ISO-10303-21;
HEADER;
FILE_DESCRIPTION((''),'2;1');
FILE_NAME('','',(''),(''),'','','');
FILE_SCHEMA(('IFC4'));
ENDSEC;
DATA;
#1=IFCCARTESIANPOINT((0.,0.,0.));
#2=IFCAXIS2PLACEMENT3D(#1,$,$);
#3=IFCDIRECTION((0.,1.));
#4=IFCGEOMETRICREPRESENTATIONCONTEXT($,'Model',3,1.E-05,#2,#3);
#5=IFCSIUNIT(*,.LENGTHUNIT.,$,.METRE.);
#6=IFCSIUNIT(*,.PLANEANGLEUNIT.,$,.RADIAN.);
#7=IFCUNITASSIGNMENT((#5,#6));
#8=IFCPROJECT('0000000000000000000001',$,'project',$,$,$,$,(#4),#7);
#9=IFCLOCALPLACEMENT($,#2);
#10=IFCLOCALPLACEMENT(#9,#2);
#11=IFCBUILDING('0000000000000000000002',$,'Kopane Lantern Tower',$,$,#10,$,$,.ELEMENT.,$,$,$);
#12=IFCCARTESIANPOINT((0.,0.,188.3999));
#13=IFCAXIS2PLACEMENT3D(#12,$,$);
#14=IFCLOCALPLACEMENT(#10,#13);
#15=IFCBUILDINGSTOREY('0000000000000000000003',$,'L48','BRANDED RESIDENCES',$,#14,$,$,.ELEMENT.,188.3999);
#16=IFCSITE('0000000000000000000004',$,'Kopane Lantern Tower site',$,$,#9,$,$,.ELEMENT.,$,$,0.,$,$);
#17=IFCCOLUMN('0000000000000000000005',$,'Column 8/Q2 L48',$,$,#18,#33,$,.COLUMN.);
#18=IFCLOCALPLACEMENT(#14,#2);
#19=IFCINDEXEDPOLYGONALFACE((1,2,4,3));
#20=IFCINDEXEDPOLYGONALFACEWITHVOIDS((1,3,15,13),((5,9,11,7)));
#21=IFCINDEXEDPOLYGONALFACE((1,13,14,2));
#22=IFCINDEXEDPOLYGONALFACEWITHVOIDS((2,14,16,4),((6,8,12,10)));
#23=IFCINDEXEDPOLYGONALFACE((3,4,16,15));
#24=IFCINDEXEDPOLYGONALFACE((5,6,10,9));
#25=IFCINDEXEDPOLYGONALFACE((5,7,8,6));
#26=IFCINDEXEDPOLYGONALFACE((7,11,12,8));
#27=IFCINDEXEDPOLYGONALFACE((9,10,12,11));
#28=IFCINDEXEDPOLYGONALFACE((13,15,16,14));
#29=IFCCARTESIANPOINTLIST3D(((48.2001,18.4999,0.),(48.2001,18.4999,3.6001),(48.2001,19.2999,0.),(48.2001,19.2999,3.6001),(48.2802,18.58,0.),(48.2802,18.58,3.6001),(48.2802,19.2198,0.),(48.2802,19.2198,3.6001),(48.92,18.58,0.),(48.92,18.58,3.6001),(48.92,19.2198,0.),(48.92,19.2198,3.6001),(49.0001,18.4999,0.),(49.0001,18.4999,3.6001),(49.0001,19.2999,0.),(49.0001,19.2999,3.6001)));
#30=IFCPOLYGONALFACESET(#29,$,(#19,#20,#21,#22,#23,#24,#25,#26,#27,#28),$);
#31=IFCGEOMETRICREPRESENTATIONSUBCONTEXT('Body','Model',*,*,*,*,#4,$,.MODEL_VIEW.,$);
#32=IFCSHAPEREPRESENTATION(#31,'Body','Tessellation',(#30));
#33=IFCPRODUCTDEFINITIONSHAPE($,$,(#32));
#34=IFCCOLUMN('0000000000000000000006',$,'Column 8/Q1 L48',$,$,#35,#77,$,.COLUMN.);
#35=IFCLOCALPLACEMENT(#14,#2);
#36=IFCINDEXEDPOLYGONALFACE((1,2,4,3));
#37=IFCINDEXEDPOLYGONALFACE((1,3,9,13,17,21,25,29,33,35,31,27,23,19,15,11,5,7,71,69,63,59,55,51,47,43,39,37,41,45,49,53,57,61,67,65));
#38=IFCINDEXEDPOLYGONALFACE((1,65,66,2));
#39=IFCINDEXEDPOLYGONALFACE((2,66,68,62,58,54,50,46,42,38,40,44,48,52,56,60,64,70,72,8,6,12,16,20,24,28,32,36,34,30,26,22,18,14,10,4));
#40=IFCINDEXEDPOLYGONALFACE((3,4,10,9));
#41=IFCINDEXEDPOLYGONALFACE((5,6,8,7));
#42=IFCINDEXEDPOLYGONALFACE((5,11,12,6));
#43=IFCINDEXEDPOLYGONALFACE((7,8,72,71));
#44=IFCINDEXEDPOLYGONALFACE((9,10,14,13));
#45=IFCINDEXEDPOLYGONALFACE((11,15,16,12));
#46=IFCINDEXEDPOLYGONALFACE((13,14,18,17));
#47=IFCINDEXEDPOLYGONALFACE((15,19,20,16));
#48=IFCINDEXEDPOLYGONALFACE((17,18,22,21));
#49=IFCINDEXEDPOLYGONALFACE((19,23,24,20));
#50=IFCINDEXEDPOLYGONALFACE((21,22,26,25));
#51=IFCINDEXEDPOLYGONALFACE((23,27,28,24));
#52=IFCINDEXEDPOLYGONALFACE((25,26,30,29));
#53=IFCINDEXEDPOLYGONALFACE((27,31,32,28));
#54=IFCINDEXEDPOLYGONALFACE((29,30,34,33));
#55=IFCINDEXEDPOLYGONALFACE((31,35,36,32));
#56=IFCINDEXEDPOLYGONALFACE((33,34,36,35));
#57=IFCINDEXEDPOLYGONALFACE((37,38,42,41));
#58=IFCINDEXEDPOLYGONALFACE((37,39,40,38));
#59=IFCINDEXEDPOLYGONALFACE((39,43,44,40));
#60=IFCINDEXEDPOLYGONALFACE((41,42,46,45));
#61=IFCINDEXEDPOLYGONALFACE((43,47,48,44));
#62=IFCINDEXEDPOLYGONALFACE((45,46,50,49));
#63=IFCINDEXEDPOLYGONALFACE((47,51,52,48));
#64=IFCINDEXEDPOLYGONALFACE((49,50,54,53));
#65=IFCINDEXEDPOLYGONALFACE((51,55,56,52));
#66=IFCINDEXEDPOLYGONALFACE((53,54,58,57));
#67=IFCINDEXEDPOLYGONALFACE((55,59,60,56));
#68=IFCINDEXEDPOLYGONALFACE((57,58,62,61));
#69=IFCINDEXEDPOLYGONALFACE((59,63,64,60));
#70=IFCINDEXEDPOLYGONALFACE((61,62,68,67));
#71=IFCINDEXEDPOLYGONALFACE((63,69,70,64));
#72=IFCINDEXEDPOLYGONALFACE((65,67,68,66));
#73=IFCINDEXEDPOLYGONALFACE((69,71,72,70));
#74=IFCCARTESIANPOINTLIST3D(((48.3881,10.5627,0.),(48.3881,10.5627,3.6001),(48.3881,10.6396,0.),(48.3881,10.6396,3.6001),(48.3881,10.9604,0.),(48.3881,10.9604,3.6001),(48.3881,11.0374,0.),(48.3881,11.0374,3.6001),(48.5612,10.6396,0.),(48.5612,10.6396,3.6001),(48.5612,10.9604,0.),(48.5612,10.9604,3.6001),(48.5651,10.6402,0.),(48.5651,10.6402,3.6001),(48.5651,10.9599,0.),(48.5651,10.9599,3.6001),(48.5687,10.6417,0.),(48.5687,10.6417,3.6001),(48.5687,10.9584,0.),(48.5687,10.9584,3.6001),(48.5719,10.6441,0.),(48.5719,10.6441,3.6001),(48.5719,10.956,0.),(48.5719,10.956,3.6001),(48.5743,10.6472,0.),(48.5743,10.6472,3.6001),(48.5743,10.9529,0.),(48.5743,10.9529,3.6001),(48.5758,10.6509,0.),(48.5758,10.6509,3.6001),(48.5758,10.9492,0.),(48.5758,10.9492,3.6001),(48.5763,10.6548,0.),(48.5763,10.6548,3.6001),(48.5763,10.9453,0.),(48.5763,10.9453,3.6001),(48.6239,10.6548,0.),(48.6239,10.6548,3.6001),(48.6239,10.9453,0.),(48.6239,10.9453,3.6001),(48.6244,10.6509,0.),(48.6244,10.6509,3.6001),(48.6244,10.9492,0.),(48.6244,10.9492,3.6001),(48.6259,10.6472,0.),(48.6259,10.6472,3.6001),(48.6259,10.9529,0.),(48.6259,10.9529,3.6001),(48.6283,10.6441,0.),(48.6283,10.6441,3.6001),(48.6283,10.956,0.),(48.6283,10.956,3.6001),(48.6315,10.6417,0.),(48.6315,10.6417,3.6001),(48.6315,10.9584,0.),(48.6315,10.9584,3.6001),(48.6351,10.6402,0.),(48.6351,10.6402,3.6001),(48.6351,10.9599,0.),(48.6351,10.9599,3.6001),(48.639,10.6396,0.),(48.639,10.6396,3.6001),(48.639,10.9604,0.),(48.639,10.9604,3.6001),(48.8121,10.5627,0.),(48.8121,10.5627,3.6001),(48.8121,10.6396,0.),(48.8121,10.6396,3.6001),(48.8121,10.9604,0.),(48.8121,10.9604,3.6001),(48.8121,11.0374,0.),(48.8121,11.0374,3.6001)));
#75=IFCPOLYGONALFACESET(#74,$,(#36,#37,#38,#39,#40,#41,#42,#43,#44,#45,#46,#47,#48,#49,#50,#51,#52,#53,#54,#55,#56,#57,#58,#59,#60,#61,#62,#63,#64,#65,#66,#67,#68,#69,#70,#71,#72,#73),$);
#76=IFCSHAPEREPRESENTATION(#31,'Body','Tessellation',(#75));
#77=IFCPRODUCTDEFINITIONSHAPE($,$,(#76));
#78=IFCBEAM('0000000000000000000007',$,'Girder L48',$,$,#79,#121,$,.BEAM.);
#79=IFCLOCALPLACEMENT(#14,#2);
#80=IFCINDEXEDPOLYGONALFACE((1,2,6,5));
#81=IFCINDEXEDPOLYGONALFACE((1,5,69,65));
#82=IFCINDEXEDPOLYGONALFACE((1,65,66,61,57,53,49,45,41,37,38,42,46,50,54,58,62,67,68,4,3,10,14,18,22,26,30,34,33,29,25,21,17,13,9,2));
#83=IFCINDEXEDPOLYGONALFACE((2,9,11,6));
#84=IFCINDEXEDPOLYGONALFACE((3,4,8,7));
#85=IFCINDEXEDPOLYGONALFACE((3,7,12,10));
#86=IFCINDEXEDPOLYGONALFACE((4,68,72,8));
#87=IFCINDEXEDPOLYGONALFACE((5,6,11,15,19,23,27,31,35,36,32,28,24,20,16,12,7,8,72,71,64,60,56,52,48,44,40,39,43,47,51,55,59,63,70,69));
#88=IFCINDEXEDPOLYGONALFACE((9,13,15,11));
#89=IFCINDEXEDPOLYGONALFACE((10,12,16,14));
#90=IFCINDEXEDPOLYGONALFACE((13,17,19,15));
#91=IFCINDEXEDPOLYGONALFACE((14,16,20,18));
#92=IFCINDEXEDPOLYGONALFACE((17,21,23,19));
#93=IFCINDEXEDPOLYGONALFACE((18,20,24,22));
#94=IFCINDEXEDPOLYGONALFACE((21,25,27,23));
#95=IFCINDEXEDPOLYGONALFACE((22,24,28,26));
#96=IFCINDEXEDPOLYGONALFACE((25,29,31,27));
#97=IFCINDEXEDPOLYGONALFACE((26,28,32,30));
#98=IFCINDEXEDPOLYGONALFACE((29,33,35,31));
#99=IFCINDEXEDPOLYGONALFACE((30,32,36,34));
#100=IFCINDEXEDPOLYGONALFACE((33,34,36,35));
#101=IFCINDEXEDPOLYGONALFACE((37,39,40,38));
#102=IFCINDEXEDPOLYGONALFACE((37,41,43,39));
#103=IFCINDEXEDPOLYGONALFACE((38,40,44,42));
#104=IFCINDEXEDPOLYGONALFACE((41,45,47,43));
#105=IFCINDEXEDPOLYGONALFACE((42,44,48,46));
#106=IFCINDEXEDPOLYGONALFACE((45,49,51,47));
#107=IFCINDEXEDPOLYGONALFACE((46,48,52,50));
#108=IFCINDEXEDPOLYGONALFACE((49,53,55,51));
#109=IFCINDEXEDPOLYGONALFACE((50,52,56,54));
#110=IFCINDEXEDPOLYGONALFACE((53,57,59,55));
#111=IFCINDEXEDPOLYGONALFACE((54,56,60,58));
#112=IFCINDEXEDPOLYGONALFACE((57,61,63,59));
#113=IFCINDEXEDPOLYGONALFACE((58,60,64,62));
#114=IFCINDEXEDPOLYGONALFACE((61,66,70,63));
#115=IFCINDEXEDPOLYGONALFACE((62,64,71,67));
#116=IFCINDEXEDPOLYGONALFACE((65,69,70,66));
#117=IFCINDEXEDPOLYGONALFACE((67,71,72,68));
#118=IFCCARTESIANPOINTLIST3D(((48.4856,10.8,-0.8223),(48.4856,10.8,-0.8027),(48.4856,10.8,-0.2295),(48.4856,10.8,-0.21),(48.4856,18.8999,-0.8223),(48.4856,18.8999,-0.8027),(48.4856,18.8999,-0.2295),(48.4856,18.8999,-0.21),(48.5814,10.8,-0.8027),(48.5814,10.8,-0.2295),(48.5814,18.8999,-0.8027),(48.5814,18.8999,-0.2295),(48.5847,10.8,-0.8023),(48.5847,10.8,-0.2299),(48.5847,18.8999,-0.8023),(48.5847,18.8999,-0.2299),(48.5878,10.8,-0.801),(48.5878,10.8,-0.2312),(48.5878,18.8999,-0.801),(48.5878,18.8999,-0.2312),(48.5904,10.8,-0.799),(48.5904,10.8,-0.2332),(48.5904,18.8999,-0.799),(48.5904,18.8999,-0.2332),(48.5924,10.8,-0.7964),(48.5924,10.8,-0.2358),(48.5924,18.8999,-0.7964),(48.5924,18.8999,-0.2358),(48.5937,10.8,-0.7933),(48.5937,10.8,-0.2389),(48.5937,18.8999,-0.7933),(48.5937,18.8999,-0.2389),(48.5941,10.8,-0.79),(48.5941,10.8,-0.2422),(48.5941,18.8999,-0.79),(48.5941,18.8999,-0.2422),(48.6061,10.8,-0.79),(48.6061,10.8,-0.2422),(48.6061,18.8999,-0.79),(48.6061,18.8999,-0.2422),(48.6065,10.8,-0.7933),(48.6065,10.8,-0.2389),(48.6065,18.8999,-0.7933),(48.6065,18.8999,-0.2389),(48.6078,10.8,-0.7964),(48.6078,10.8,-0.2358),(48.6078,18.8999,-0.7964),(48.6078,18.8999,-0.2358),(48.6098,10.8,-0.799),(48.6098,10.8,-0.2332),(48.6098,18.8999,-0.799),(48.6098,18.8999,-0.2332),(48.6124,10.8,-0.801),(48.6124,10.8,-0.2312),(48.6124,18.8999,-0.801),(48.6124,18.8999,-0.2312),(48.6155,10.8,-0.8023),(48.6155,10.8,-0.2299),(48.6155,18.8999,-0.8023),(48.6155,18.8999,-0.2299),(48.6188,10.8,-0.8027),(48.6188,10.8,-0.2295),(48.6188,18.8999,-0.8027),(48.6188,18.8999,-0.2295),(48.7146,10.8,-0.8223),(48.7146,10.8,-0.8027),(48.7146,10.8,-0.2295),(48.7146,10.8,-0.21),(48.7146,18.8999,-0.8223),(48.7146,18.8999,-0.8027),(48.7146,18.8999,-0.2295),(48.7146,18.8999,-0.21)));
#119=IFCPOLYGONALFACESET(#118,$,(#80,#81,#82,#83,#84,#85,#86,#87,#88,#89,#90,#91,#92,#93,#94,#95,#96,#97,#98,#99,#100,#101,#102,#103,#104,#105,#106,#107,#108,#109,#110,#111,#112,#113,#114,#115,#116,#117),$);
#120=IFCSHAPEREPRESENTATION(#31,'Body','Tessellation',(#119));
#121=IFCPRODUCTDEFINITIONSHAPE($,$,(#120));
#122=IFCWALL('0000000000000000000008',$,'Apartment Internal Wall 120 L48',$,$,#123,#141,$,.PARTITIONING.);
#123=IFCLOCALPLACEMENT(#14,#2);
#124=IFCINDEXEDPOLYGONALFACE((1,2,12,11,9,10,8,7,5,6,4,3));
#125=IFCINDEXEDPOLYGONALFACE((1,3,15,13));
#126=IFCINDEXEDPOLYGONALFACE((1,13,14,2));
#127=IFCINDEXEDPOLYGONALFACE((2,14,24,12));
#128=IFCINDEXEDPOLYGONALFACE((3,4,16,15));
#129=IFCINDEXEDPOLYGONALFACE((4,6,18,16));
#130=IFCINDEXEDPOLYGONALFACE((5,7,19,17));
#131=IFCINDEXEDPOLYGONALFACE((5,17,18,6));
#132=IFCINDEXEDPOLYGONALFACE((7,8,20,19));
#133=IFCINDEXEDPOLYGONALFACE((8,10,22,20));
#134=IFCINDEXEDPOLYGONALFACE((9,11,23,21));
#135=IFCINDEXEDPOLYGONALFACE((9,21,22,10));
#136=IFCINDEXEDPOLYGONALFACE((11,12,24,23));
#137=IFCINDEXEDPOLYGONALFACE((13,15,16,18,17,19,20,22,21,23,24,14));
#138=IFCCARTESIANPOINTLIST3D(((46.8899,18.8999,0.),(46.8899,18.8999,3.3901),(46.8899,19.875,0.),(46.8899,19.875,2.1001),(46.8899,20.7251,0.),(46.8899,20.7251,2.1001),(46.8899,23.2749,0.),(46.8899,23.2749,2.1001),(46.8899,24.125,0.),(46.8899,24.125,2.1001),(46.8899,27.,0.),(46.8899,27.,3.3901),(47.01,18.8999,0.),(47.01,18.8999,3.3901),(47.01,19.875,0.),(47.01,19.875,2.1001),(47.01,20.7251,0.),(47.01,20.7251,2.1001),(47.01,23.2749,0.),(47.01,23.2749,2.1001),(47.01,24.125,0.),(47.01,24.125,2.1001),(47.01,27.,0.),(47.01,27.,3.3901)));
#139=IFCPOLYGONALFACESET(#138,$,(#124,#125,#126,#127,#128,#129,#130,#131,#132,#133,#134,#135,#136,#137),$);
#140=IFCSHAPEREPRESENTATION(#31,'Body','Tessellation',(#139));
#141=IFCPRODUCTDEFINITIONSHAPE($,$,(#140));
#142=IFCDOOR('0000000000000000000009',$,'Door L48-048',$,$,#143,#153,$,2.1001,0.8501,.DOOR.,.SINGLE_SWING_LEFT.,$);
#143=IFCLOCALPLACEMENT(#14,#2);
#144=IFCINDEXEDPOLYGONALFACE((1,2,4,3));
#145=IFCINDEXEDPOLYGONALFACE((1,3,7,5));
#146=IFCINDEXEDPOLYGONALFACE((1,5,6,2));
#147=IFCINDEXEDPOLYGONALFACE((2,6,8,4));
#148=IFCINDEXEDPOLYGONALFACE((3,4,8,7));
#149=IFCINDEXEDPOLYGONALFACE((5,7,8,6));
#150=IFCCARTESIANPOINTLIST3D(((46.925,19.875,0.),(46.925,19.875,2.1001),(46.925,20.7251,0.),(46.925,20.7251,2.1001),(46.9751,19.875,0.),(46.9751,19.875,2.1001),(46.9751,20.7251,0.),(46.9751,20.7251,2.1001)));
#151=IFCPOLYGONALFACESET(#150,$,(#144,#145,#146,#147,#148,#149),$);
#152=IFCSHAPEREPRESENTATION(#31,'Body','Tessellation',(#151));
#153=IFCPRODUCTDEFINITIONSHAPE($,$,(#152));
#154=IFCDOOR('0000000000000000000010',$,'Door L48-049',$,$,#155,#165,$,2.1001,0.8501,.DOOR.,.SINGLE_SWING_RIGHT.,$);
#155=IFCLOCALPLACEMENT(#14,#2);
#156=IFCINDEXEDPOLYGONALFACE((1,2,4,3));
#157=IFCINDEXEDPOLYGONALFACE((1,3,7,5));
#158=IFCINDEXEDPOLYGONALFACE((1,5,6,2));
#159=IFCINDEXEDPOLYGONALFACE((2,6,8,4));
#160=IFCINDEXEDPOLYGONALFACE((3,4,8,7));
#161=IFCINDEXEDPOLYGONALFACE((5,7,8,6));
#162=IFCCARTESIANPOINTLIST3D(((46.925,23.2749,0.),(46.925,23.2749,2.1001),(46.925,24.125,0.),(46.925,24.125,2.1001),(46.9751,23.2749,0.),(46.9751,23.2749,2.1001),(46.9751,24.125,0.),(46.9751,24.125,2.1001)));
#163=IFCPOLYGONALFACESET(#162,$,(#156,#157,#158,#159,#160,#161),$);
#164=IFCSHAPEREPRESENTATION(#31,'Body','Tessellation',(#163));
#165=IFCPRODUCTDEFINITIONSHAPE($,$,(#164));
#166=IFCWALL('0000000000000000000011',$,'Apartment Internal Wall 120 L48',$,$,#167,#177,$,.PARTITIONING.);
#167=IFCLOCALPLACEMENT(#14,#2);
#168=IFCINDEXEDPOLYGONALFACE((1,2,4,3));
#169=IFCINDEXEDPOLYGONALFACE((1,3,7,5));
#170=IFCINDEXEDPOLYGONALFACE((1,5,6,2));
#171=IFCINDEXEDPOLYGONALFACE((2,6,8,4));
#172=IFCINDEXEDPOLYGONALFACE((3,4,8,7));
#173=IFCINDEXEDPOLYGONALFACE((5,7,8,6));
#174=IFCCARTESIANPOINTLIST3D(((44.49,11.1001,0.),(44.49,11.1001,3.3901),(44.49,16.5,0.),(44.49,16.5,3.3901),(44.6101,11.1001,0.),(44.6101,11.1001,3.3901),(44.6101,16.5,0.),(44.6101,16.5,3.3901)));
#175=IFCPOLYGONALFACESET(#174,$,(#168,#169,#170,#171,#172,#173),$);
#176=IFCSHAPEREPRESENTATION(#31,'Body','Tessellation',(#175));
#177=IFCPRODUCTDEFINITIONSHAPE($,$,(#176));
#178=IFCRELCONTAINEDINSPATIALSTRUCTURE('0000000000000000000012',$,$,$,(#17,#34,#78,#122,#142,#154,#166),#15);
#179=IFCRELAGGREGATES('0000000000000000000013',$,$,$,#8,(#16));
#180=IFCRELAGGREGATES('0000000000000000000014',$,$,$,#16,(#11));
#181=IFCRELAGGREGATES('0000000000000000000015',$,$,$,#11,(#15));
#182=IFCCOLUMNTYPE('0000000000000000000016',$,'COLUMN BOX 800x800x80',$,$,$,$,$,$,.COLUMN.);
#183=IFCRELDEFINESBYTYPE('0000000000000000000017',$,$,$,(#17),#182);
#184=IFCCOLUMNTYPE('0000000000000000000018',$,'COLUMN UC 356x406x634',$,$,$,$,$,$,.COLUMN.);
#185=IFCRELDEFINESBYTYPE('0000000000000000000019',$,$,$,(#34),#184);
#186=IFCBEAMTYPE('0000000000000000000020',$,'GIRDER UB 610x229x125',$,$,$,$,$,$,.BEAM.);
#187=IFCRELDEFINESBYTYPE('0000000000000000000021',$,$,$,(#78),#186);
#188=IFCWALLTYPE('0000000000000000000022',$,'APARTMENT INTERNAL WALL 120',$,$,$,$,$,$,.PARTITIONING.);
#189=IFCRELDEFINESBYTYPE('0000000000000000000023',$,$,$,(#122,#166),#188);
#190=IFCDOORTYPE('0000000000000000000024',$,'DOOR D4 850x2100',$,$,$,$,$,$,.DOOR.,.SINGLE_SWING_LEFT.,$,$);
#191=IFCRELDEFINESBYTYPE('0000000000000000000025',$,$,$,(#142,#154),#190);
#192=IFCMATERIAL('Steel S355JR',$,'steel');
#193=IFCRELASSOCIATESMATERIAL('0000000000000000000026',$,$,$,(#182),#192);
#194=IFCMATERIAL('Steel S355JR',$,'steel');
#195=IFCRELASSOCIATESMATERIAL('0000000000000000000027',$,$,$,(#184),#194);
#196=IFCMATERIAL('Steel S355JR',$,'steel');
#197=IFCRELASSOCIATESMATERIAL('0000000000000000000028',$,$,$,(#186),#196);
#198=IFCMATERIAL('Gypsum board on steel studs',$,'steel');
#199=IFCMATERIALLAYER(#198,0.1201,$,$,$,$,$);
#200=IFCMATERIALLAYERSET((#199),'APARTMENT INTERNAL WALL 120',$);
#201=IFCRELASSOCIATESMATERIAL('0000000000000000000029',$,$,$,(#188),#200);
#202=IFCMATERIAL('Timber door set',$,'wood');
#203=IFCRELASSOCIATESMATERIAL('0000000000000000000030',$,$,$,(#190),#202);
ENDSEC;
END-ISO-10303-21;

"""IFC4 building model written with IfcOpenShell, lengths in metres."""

from ifc_helpers import new_model, si_unit, direction, frame, frame_2d, origin, origin_2d, place, context, subcontext, project, spatial, rectangle, hollow_rectangle, i_section, extrude, material, layer, layer_set, material_profile, profile_set, type_object, element, fill, save


model = new_model("IFC4")

# Units and contexts
model_context = context("Model", 3, precision=1e-05, world=origin(), true_north=direction((0.0, 1.0)))
body_context = subcontext(model_context, "Body", "Model", "MODEL_VIEW")
ifc_project = project(units=[si_unit("LENGTHUNIT", "METRE"), si_unit("PLANEANGLEUNIT", "RADIAN")], contexts=[model_context])

# Site, building, storey
site_placement = place(None, origin())
site = spatial("IfcSite", under=ifc_project, at=site_placement, Name="Kopane Lantern Tower site", CompositionType="ELEMENT", RefElevation=0.0)
building_placement = place(site_placement, origin())
building = spatial("IfcBuilding", under=site, at=building_placement, Name="Kopane Lantern Tower", CompositionType="ELEMENT")
storey_placement = place(building_placement, frame((0.0, 0.0, 188.3999)))
storey = spatial("IfcBuildingStorey", under=building, at=storey_placement, Name="L48", Description="BRANDED RESIDENCES", CompositionType="ELEMENT", Elevation=188.3999)

# Columns
ifc_material_1 = material(Name="Steel S355JR", Category="steel")
ifc_material_profile_1 = material_profile(ifc_material_1, hollow_rectangle(XDim=0.8, YDim=0.8, WallThickness=0.0801, at=origin_2d()), Name="BOX 800x800x80")
ifc_profile_set_1 = profile_set([ifc_material_profile_1], Name="Steel S355JR")
column_type_1 = type_object("IfcColumnType", Name="COLUMN BOX 800x800x80", PredefinedType="COLUMN", material=ifc_profile_set_1)
column_1_placement = place(storey_placement, frame((48.6001, 18.8999, 0.0), z_axis=(0.0, 0.0, 1.0), x_axis=(1.0, 0.0, 0.0)))
element("IfcColumn", 1, at=column_1_placement, inside=storey, type_object=column_type_1, Name="Column 8/Q2 L48", PredefinedType="COLUMN", context=body_context, shape_type="SweptSolid", body=[
    extrude(hollow_rectangle(XDim=0.8, YDim=0.8, WallThickness=0.0801, at=origin_2d()), origin(), (0.0, 0.0, 1.0), 3.6001),
])
ifc_material_2 = material(Name="Steel S355JR", Category="steel")
ifc_material_profile_2 = material_profile(ifc_material_2, i_section(OverallWidth=0.4241, OverallDepth=0.4746, WebThickness=0.0476, FlangeThickness=0.0769, FilletRadius=0.0151, at=origin_2d()), Name="UC 356x406x634")
ifc_profile_set_2 = profile_set([ifc_material_profile_2], Name="Steel S355JR")
column_type_2 = type_object("IfcColumnType", Name="COLUMN UC 356x406x634", PredefinedType="COLUMN", material=ifc_profile_set_2)
column_2_placement = place(storey_placement, frame((48.6001, 10.8, 0.0), z_axis=(0.0, 0.0, 1.0), x_axis=(1.0, 0.0, 0.0)))
element("IfcColumn", 2, at=column_2_placement, inside=storey, type_object=column_type_2, Name="Column 8/Q1 L48", PredefinedType="COLUMN", context=body_context, shape_type="SweptSolid", body=[
    extrude(i_section(OverallWidth=0.4241, OverallDepth=0.4746, WebThickness=0.0476, FlangeThickness=0.0769, FilletRadius=0.0151, at=origin_2d()), origin(), (0.0, 0.0, 1.0), 3.6001),
])

# Beam
ifc_material_3 = material(Name="Steel S355JR", Category="steel")
ifc_material_profile_3 = material_profile(ifc_material_3, i_section(OverallWidth=0.229, OverallDepth=0.6123, WebThickness=0.012, FlangeThickness=0.0195, FilletRadius=0.0127, at=origin_2d()), Name="UB 610x229x125")
ifc_profile_set_3 = profile_set([ifc_material_profile_3], Name="Steel S355JR")
beam_type = type_object("IfcBeamType", Name="GIRDER UB 610x229x125", PredefinedType="BEAM", material=ifc_profile_set_3)
beam_placement = place(storey_placement, frame((48.6001, 10.8, -0.5161), z_axis=(0.0, 1.0, 0.0), x_axis=(-1.0, 0.0, 0.0)))
element("IfcBeam", 3, at=beam_placement, inside=storey, type_object=beam_type, Name="Girder L48", PredefinedType="BEAM", context=body_context, shape_type="SweptSolid", body=[
    extrude(i_section(OverallWidth=0.229, OverallDepth=0.6123, WebThickness=0.012, FlangeThickness=0.0195, FilletRadius=0.0127, at=origin_2d()), origin(), (0.0, 0.0, 1.0), 8.0999),
])

# Wall, openings, doors
ifc_material_4 = material(Name="Gypsum board on steel studs", Category="steel")
ifc_layer_1 = layer(ifc_material_4, 0.1201)
ifc_layer_set_1 = layer_set([ifc_layer_1], Name="APARTMENT INTERNAL WALL 120")
wall_type_1 = type_object("IfcWallType", Name="APARTMENT INTERNAL WALL 120", PredefinedType="PARTITIONING", material=ifc_layer_set_1)
wall_1_placement = place(storey_placement, frame((46.95, 18.8999, 0.0), z_axis=(0.0, 0.0, 1.0), x_axis=(0.0, 1.0, 0.0)))
wall_1 = element("IfcWall", 4, at=wall_1_placement, inside=storey, type_object=wall_type_1, Name="Apartment Internal Wall 120 L48", PredefinedType="PARTITIONING", context=body_context, shape_type="SweptSolid", body=[
    extrude(rectangle(XDim=8.1001, YDim=0.1201, at=frame_2d((4.05, 0.0))), origin(), (0.0, 0.0, 1.0), 3.3901),
])
opening_1_placement = place(wall_1_placement, frame((0.9751, 0.0, 0.0)))
opening_1 = element("IfcOpeningElement", 5, at=opening_1_placement, cuts=wall_1, PredefinedType="OPENING", context=body_context, shape_type="SweptSolid", body=[
    extrude(rectangle(XDim=0.8501, YDim=2.1001, at=frame_2d((0.425, 1.05))), frame((0.0, 0.0701, 0.0), z_axis=(0.0, -1.0, 0.0), x_axis=(1.0, 0.0, 0.0)), (0.0, 0.0, 1.0), 0.1401),
])
opening_2_placement = place(wall_1_placement, frame((4.375, 0.0, 0.0)))
opening_2 = element("IfcOpeningElement", 6, at=opening_2_placement, cuts=wall_1, PredefinedType="OPENING", context=body_context, shape_type="SweptSolid", body=[
    extrude(rectangle(XDim=0.8501, YDim=2.1001, at=frame_2d((0.425, 1.05))), frame((0.0, 0.0701, 0.0), z_axis=(0.0, -1.0, 0.0), x_axis=(1.0, 0.0, 0.0)), (0.0, 0.0, 1.0), 0.1401),
])
ifc_material_5 = material(Name="Timber door set", Category="wood")
door_type_1 = type_object("IfcDoorType", Name="DOOR D4 850x2100", OperationType="SINGLE_SWING_LEFT", PredefinedType="DOOR", material=ifc_material_5)
door_1_placement = place(opening_1_placement, origin())
door_1 = element("IfcDoor", 7, at=door_1_placement, inside=storey, type_object=door_type_1, Name="Door L48-048", OperationType="SINGLE_SWING_LEFT", OverallHeight=2.1001, OverallWidth=0.8501, PredefinedType="DOOR", context=body_context, shape_type="SweptSolid", body=[
    extrude(rectangle(XDim=0.8501, YDim=2.1001, at=frame_2d((0.425, 1.05))), frame((0.0, 0.0249, 0.0), z_axis=(0.0, -1.0, 0.0), x_axis=(1.0, 0.0, 0.0)), (0.0, 0.0, 1.0), 0.05),
])
fill(opening_1, door_1)
door_2_placement = place(opening_2_placement, origin())
door_2 = element("IfcDoor", 8, at=door_2_placement, inside=storey, type_object=door_type_1, Name="Door L48-049", OperationType="SINGLE_SWING_RIGHT", OverallHeight=2.1001, OverallWidth=0.8501, PredefinedType="DOOR", context=body_context, shape_type="SweptSolid", body=[
    extrude(rectangle(XDim=0.8501, YDim=2.1001, at=frame_2d((0.425, 1.05))), frame((0.0, 0.0249, 0.0), z_axis=(0.0, -1.0, 0.0), x_axis=(1.0, 0.0, 0.0)), (0.0, 0.0, 1.0), 0.05),
])
fill(opening_2, door_2)

# Wall
wall_2_placement = place(storey_placement, frame((44.55, 16.5, 0.0), z_axis=(0.0, 0.0, 1.0), x_axis=(0.0, -1.0, 0.0)))
element("IfcWall", 9, at=wall_2_placement, inside=storey, type_object=wall_type_1, Name="Apartment Internal Wall 120 L48", PredefinedType="PARTITIONING", context=body_context, shape_type="SweptSolid", body=[
    extrude(rectangle(XDim=5.3999, YDim=0.1201, at=frame_2d((2.7, 0.0))), origin(), (0.0, 0.0, 1.0), 3.3901),
])

save(model, "model.ifc")
